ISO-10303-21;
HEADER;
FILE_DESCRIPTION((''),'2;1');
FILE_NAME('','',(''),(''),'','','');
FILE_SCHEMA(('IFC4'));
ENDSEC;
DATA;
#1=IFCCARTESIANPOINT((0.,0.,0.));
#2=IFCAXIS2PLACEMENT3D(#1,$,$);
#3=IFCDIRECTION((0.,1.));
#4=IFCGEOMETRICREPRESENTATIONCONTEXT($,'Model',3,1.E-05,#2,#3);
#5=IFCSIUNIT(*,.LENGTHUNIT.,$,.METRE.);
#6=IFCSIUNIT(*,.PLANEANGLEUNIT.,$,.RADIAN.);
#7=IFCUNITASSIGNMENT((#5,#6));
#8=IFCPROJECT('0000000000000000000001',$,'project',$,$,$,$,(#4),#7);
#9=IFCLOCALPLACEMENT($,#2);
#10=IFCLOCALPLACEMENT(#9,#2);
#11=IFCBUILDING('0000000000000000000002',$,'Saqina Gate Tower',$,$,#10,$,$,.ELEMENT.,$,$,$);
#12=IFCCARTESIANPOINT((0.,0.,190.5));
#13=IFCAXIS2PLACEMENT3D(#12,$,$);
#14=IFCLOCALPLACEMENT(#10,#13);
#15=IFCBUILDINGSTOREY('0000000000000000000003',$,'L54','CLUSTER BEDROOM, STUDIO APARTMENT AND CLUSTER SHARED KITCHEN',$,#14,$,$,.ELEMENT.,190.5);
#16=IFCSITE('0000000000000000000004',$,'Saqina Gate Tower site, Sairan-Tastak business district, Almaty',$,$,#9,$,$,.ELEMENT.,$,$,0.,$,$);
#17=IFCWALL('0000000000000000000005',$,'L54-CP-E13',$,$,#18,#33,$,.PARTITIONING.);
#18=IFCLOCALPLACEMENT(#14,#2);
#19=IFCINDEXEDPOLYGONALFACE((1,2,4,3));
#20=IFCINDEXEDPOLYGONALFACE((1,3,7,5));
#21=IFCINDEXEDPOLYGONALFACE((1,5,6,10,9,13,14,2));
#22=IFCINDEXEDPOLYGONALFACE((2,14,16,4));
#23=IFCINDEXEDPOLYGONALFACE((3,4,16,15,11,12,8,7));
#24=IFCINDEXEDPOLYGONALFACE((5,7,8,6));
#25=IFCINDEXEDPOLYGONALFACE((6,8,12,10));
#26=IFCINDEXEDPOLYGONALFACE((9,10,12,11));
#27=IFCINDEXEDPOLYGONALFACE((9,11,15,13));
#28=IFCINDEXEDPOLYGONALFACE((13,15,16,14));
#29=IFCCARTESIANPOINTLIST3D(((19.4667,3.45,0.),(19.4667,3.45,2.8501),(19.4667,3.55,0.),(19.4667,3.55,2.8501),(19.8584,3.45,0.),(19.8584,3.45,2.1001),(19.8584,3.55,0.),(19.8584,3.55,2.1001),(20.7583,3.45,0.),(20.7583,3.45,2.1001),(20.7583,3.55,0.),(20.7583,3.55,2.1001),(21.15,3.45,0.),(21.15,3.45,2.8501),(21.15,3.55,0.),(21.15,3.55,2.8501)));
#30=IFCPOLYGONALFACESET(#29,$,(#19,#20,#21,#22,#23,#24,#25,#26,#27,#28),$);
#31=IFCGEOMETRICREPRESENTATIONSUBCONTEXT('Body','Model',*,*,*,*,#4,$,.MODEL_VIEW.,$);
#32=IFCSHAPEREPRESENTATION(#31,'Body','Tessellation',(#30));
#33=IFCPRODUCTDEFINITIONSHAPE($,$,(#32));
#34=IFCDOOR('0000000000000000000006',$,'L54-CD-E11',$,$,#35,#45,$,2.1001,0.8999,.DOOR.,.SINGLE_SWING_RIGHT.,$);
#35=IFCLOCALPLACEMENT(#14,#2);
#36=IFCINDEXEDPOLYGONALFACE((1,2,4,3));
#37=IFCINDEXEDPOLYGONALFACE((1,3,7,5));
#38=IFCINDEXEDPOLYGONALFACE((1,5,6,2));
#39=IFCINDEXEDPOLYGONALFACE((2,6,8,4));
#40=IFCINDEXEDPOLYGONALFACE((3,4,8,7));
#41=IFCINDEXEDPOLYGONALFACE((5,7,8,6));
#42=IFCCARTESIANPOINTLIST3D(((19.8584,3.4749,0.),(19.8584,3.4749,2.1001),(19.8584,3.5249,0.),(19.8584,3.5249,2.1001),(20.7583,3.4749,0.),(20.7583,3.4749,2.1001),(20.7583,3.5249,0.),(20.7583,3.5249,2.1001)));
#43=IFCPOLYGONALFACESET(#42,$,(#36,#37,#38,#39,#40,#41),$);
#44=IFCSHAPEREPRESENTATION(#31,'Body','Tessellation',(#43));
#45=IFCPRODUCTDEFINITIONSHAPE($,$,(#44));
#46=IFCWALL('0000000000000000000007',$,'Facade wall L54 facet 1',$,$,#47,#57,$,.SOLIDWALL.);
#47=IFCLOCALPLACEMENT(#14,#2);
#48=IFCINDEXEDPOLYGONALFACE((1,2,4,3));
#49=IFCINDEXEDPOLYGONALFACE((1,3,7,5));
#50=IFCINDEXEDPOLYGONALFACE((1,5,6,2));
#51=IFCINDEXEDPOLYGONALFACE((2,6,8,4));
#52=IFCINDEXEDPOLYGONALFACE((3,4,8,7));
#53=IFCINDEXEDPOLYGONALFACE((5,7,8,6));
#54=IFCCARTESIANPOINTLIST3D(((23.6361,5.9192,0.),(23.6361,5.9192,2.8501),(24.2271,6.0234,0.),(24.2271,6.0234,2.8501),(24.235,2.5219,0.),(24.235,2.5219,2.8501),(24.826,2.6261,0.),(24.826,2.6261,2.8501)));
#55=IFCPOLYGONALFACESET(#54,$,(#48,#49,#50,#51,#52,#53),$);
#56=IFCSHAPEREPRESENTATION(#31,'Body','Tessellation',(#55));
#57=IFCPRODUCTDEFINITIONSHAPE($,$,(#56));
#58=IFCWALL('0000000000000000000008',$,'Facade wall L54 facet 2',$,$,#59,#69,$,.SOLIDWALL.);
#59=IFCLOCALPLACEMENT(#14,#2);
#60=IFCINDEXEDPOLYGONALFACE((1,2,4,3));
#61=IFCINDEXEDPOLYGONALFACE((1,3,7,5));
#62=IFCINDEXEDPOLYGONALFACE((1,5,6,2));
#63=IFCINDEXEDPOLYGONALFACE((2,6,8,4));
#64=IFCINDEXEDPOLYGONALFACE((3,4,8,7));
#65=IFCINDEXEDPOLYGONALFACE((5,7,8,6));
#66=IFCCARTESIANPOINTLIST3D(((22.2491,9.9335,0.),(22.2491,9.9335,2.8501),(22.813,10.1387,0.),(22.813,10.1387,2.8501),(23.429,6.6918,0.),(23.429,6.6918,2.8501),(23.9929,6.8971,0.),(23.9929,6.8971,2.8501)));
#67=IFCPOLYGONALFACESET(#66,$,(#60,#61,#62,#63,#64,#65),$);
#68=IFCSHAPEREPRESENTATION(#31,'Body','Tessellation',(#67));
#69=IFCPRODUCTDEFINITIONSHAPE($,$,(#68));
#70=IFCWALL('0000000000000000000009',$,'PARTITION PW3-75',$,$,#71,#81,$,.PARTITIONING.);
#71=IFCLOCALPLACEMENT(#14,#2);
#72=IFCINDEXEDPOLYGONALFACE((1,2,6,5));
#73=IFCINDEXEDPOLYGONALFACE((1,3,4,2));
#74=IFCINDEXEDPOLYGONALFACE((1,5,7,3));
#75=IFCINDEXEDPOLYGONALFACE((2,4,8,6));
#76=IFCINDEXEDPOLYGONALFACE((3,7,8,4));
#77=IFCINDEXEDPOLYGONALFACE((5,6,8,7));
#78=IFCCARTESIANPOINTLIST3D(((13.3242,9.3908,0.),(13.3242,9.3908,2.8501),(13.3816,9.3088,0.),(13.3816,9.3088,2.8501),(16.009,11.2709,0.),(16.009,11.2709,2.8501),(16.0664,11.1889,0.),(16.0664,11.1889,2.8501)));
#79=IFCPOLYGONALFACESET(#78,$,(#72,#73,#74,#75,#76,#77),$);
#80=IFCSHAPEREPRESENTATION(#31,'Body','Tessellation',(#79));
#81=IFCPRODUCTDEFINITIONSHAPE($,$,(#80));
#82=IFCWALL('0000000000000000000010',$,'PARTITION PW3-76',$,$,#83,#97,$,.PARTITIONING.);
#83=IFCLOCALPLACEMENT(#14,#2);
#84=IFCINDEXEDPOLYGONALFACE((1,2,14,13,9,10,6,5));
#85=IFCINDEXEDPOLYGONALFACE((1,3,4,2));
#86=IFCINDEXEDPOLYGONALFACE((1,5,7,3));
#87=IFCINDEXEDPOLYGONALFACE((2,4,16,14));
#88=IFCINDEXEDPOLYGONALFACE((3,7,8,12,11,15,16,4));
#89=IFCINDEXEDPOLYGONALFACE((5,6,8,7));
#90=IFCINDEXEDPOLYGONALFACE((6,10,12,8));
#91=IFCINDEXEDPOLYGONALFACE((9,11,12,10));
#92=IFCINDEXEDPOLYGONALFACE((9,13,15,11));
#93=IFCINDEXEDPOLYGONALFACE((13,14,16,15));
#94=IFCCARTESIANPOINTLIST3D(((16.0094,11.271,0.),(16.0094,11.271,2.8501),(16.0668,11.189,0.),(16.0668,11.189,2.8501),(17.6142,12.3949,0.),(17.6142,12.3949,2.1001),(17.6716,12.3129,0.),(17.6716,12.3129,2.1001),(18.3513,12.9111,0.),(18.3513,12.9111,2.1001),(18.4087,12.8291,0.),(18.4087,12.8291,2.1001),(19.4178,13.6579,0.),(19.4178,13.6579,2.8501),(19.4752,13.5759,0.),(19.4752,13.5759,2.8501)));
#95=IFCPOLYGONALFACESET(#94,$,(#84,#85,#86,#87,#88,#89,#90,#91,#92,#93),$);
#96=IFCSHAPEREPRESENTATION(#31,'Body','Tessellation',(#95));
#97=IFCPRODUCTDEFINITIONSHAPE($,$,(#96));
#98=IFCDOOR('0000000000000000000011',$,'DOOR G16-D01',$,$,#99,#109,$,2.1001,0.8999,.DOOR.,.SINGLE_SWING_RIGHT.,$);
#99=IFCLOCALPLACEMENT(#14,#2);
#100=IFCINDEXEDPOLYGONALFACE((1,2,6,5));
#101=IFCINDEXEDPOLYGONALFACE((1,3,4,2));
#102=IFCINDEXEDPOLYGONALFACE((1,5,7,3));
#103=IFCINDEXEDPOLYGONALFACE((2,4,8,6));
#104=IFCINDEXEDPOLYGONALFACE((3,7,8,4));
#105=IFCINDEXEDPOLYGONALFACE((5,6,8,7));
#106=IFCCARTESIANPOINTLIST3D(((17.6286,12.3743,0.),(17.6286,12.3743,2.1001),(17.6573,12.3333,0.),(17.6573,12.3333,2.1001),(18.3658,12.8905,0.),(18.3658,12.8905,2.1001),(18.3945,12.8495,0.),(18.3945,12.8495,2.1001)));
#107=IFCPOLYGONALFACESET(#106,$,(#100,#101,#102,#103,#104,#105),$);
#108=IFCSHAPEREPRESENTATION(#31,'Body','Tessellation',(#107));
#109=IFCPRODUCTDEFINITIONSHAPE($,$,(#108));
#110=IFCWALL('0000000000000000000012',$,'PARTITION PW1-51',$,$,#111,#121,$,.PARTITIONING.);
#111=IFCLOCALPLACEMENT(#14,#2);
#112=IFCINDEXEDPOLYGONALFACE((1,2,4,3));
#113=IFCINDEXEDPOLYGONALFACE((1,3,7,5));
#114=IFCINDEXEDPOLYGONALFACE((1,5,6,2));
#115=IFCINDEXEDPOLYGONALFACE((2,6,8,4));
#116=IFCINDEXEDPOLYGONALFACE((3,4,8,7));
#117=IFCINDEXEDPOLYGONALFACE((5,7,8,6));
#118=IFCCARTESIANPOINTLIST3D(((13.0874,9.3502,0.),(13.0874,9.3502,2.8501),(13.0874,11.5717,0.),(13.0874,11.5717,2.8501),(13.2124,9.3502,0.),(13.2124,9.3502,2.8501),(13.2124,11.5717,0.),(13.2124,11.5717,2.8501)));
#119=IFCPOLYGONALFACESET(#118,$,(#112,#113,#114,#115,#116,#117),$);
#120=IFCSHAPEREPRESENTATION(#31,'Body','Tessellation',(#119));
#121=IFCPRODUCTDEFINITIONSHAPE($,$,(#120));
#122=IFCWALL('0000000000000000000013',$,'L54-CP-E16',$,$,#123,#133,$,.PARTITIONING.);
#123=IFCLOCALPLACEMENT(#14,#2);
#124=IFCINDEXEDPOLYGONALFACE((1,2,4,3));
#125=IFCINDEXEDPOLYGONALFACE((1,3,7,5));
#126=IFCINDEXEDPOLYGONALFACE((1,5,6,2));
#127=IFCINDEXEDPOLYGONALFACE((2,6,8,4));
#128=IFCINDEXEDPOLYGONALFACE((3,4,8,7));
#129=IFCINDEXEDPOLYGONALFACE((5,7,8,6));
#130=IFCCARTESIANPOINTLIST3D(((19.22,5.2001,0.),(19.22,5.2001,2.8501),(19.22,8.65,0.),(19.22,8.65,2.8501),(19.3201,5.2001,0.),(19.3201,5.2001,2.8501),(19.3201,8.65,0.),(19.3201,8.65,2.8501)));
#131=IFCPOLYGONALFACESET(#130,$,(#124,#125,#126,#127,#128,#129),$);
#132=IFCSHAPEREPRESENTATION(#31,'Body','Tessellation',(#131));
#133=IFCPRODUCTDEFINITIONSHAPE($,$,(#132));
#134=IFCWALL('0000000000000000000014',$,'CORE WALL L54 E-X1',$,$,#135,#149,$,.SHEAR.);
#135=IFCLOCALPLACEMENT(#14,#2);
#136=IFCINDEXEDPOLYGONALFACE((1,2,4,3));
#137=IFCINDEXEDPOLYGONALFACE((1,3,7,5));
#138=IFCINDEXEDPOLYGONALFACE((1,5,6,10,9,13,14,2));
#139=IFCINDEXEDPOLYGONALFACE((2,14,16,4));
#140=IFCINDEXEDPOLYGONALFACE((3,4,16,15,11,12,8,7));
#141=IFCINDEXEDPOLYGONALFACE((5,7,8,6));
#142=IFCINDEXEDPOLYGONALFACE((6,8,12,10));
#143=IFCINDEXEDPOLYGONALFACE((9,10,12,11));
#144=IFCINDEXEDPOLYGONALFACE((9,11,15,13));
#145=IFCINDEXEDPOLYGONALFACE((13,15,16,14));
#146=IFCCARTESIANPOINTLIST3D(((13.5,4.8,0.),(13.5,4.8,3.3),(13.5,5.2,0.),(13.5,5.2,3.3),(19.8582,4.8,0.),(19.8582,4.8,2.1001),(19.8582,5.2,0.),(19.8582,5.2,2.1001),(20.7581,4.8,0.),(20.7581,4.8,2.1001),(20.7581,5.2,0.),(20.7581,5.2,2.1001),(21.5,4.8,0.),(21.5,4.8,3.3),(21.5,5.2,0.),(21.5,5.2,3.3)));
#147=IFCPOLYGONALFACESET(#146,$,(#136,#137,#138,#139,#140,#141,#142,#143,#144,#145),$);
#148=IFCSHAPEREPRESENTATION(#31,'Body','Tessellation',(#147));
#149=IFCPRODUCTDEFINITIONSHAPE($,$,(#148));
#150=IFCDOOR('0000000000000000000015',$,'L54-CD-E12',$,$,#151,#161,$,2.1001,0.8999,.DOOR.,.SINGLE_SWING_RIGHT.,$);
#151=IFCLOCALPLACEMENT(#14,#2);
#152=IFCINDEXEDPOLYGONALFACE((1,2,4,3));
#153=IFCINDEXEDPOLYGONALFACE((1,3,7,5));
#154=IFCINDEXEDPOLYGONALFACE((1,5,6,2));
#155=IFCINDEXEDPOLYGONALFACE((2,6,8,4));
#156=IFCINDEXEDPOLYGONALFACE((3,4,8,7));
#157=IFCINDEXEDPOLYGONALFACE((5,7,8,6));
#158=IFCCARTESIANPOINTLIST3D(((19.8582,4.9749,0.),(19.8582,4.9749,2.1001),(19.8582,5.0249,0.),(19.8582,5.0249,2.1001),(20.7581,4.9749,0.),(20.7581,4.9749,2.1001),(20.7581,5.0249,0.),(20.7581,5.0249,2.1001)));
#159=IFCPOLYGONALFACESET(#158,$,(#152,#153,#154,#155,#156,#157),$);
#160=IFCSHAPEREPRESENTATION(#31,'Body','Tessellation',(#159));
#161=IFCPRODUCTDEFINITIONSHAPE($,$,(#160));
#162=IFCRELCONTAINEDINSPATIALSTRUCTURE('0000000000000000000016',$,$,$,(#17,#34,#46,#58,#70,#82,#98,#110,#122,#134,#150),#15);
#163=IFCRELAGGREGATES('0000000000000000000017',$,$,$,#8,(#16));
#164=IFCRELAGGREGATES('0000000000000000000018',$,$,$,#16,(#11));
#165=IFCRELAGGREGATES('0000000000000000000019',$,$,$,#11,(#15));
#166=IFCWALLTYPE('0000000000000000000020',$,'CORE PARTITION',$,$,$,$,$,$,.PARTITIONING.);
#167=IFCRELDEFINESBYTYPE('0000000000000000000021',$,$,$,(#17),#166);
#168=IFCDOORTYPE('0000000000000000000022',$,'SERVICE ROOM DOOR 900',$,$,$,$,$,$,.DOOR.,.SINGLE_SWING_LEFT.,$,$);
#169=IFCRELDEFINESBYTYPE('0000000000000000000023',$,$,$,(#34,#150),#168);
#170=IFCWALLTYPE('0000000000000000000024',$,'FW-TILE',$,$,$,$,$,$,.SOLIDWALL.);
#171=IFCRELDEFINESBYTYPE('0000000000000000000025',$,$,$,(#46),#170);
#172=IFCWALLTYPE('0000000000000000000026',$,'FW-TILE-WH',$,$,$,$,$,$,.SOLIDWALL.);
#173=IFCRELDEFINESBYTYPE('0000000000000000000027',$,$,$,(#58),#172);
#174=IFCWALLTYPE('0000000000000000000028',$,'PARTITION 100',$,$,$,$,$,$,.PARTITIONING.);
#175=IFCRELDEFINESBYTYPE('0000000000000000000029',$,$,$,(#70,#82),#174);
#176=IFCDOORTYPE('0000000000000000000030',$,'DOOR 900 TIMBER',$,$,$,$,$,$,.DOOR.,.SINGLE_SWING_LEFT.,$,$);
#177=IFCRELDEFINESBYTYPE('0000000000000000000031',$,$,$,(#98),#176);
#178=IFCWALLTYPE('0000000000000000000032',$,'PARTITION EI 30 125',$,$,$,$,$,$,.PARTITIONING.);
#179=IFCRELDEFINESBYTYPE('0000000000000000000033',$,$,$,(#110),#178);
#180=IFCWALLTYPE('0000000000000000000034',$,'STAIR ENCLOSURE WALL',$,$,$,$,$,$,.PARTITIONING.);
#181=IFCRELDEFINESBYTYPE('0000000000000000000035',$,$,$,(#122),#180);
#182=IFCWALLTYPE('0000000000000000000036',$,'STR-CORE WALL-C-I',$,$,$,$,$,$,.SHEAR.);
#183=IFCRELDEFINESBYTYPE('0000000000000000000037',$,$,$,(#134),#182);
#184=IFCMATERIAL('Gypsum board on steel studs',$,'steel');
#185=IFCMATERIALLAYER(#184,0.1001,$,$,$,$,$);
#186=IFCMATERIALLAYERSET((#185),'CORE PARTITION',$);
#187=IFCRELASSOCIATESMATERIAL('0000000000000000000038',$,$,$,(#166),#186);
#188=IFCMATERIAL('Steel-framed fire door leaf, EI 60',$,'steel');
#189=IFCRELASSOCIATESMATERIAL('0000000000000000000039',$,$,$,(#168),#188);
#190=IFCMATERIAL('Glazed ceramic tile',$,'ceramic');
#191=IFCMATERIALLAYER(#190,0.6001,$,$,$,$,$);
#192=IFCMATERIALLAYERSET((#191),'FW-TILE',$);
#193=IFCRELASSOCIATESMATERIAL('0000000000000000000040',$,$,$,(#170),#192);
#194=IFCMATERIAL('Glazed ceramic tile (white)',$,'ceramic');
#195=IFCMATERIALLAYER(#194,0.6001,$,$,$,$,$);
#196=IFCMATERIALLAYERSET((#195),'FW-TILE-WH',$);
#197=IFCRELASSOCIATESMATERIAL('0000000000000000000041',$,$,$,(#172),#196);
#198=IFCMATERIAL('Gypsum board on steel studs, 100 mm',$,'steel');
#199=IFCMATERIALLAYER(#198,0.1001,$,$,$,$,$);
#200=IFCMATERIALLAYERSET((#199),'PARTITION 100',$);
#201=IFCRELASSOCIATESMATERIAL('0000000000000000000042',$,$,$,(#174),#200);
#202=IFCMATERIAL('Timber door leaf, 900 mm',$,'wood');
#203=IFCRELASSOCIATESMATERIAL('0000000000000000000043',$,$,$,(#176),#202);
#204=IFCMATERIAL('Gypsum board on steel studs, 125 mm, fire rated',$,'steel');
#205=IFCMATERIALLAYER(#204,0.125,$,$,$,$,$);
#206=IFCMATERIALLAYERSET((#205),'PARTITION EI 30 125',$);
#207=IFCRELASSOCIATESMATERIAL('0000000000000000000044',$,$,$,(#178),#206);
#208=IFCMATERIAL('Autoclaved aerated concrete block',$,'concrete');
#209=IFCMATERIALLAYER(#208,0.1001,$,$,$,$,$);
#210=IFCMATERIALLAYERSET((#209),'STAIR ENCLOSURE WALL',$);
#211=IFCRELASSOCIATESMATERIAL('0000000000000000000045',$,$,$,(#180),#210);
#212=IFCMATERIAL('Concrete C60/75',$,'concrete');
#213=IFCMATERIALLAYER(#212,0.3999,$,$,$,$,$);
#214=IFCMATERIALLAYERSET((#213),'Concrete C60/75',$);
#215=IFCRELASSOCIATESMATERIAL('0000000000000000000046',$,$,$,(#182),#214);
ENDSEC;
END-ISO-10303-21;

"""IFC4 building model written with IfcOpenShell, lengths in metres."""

from ifc_helpers import new_model, si_unit, direction, frame, frame_2d, origin, place, context, subcontext, project, spatial, rectangle, extrude, material, layer, layer_set, type_object, element, fill, save


model = new_model("IFC4")

# Units and contexts
model_context = context("Model", 3, precision=1e-05, world=origin(), true_north=direction((0.0, 1.0)))
body_context = subcontext(model_context, "Body", "Model", "MODEL_VIEW")
ifc_project = project(units=[si_unit("LENGTHUNIT", "METRE"), si_unit("PLANEANGLEUNIT", "RADIAN")], contexts=[model_context])

# Site, building, storey
site_placement = place(None, origin())
site = spatial("IfcSite", under=ifc_project, at=site_placement, Name="Saqina Gate Tower site, Sairan-Tastak business district, Almaty", CompositionType="ELEMENT", RefElevation=0.0)
building_placement = place(site_placement, origin())
building = spatial("IfcBuilding", under=site, at=building_placement, Name="Saqina Gate Tower", CompositionType="ELEMENT")
storey_placement = place(building_placement, frame((0.0, 0.0, 190.5)))
storey = spatial("IfcBuildingStorey", under=building, at=storey_placement, Name="L54", Description="CLUSTER BEDROOM, STUDIO APARTMENT AND CLUSTER SHARED KITCHEN", CompositionType="ELEMENT", Elevation=190.5)

# Shared definitions
ifc_material_1 = material(Name="Gypsum board on steel studs", Category="steel")
ifc_layer_1 = layer(ifc_material_1, 0.1001)
ifc_layer_set_1 = layer_set([ifc_layer_1], Name="CORE PARTITION")
wall_type_1 = type_object("IfcWallType", Name="CORE PARTITION", PredefinedType="PARTITIONING", material=ifc_layer_set_1)

# Wall, opening, door
wall_1_placement = place(storey_placement, frame((19.4666, 3.5, 0.0), z_axis=(0.0, 0.0, 1.0), x_axis=(1.0, 0.0, 0.0)))
wall_1 = element("IfcWall", 1, at=wall_1_placement, inside=storey, type_object=wall_type_1, Name="L54-CP-E13", PredefinedType="PARTITIONING", context=body_context, shape_type="SweptSolid", body=[
    extrude(rectangle(XDim=1.6833, YDim=0.1001, at=frame_2d((0.8418, 0.0))), origin(), (0.0, 0.0, 1.0), 2.8501),
])
opening_1_placement = place(wall_1_placement, frame((0.3918, 0.0, 0.0)))
opening_1 = element("IfcOpeningElement", 2, at=opening_1_placement, cuts=wall_1, PredefinedType="OPENING", context=body_context, shape_type="SweptSolid", body=[
    extrude(rectangle(XDim=0.8999, YDim=2.1001, at=frame_2d((0.45, 1.05))), frame((0.0, 0.062, 0.0), z_axis=(0.0, -1.0, 0.0), x_axis=(1.0, 0.0, 0.0)), (0.0, 0.0, 1.0), 0.124),
])
ifc_material_2 = material(Name="Steel-framed fire door leaf, EI 60", Category="steel")
door_type_1 = type_object("IfcDoorType", Name="SERVICE ROOM DOOR 900", OperationType="SINGLE_SWING_LEFT", PredefinedType="DOOR", material=ifc_material_2)
door_1_placement = place(opening_1_placement, origin())
door_1 = element("IfcDoor", 3, at=door_1_placement, inside=storey, type_object=door_type_1, Name="L54-CD-E11", OperationType="SINGLE_SWING_RIGHT", OverallHeight=2.1001, OverallWidth=0.8999, PredefinedType="DOOR", context=body_context, shape_type="SweptSolid", body=[
    extrude(rectangle(XDim=0.8999, YDim=2.1001, at=frame_2d((0.45, 1.05))), frame((0.0, 0.0249, 0.0), z_axis=(0.0, -1.0, 0.0), x_axis=(1.0, 0.0, 0.0)), (0.0, 0.0, 1.0), 0.05),
])
fill(opening_1, door_1)

# Walls
ifc_material_3 = material(Name="Glazed ceramic tile", Category="ceramic")
ifc_layer_2 = layer(ifc_material_3, 0.6001)
ifc_layer_set_2 = layer_set([ifc_layer_2], Name="FW-TILE")
wall_type_2 = type_object("IfcWallType", Name="FW-TILE", PredefinedType="SOLIDWALL", material=ifc_layer_set_2)
wall_2_placement = place(storey_placement, frame((24.5305, 2.574, 0.0), z_axis=(0.0, 0.0, 1.0), x_axis=(-0.173608, 0.984815, 0.0)))
element("IfcWall", 4, at=wall_2_placement, inside=storey, type_object=wall_type_2, Name="Facade wall L54 facet 1", PredefinedType="SOLIDWALL", context=body_context, shape_type="SweptSolid", body=[
    extrude(rectangle(XDim=3.4497, YDim=0.6001, at=frame_2d((1.7249, 0.0))), origin(), (0.0, 0.0, 1.0), 2.8501),
])
ifc_material_4 = material(Name="Glazed ceramic tile (white)", Category="ceramic")
ifc_layer_3 = layer(ifc_material_4, 0.6001)
ifc_layer_set_3 = layer_set([ifc_layer_3], Name="FW-TILE-WH")
wall_type_3 = type_object("IfcWallType", Name="FW-TILE-WH", PredefinedType="SOLIDWALL", material=ifc_layer_set_3)
wall_3_placement = place(storey_placement, frame((23.7109, 6.7944, 0.0), z_axis=(0.0, 0.0, 1.0), x_axis=(-0.342033, 0.939688, 0.0)))
element("IfcWall", 5, at=wall_3_placement, inside=storey, type_object=wall_type_3, Name="Facade wall L54 facet 2", PredefinedType="SOLIDWALL", context=body_context, shape_type="SweptSolid", body=[
    extrude(rectangle(XDim=3.4497, YDim=0.6001, at=frame_2d((1.7249, 0.0))), origin(), (0.0, 0.0, 1.0), 2.8501),
])
ifc_material_5 = material(Name="Gypsum board on steel studs, 100 mm", Category="steel")
ifc_layer_4 = layer(ifc_material_5, 0.1001)
ifc_layer_set_4 = layer_set([ifc_layer_4], Name="PARTITION 100")
wall_type_4 = type_object("IfcWallType", Name="PARTITION 100", PredefinedType="PARTITIONING", material=ifc_layer_set_4)
wall_4_placement = place(storey_placement, frame((13.353, 9.3499, 0.0), z_axis=(0.0, 0.0, 1.0), x_axis=(0.819123, 0.573617, 0.0)))
element("IfcWall", 6, at=wall_4_placement, inside=storey, type_object=wall_type_4, Name="PARTITION PW3-75", PredefinedType="PARTITIONING", context=body_context, shape_type="SweptSolid", body=[
    extrude(rectangle(XDim=3.2776, YDim=0.1001, at=frame_2d((1.6387, 0.0))), origin(), (0.0, 0.0, 1.0), 2.8501),
])

# Wall, opening, door
wall_5_placement = place(storey_placement, frame((16.0381, 11.23, 0.0), z_axis=(0.0, 0.0, 1.0), x_axis=(0.819113, 0.573632, 0.0)))
wall_5 = element("IfcWall", 7, at=wall_5_placement, inside=storey, type_object=wall_type_4, Name="PARTITION PW3-76", PredefinedType="PARTITIONING", context=body_context, shape_type="SweptSolid", body=[
    extrude(rectangle(XDim=4.1611, YDim=0.1001, at=frame_2d((2.0806, 0.0))), origin(), (0.0, 0.0, 1.0), 2.8501),
])
opening_2_placement = place(wall_5_placement, frame((1.9592, 0.0, 0.0)))
opening_2 = element("IfcOpeningElement", 8, at=opening_2_placement, cuts=wall_5, PredefinedType="OPENING", context=body_context, shape_type="SweptSolid", body=[
    extrude(rectangle(XDim=0.8999, YDim=2.1001, at=frame_2d((0.45, 1.05))), frame((0.0, 0.062, 0.0), z_axis=(0.0, -1.0, 0.0), x_axis=(1.0, 0.0, 0.0)), (0.0, 0.0, 1.0), 0.124),
])
ifc_material_6 = material(Name="Timber door leaf, 900 mm", Category="wood")
door_type_2 = type_object("IfcDoorType", Name="DOOR 900 TIMBER", OperationType="SINGLE_SWING_LEFT", PredefinedType="DOOR", material=ifc_material_6)
door_2_placement = place(opening_2_placement, origin())
door_2 = element("IfcDoor", 9, at=door_2_placement, inside=storey, type_object=door_type_2, Name="DOOR G16-D01", OperationType="SINGLE_SWING_RIGHT", OverallHeight=2.1001, OverallWidth=0.8999, PredefinedType="DOOR", context=body_context, shape_type="SweptSolid", body=[
    extrude(rectangle(XDim=0.8999, YDim=2.1001, at=frame_2d((0.45, 1.05))), frame((0.0, 0.0249, 0.0), z_axis=(0.0, -1.0, 0.0), x_axis=(1.0, 0.0, 0.0)), (0.0, 0.0, 1.0), 0.05),
])
fill(opening_2, door_2)

# Walls
ifc_material_7 = material(Name="Gypsum board on steel studs, 125 mm, fire rated", Category="steel")
ifc_layer_5 = layer(ifc_material_7, 0.125)
ifc_layer_set_5 = layer_set([ifc_layer_5], Name="PARTITION EI 30 125")
wall_type_5 = type_object("IfcWallType", Name="PARTITION EI 30 125", PredefinedType="PARTITIONING", material=ifc_layer_set_5)
wall_6_placement = place(storey_placement, frame((13.1499, 9.3501, 0.0), z_axis=(0.0, 0.0, 1.0), x_axis=(0.0, 1.0, 0.0)))
element("IfcWall", 10, at=wall_6_placement, inside=storey, type_object=wall_type_5, Name="PARTITION PW1-51", PredefinedType="PARTITIONING", context=body_context, shape_type="SweptSolid", body=[
    extrude(rectangle(XDim=2.2214, YDim=0.125, at=frame_2d((1.1108, 0.0))), origin(), (0.0, 0.0, 1.0), 2.8501),
])
ifc_material_8 = material(Name="Autoclaved aerated concrete block", Category="concrete")
ifc_layer_6 = layer(ifc_material_8, 0.1001)
ifc_layer_set_6 = layer_set([ifc_layer_6], Name="STAIR ENCLOSURE WALL")
wall_type_6 = type_object("IfcWallType", Name="STAIR ENCLOSURE WALL", PredefinedType="PARTITIONING", material=ifc_layer_set_6)
wall_7_placement = place(storey_placement, frame((19.27, 5.2, 0.0), z_axis=(0.0, 0.0, 1.0), x_axis=(0.0, 1.0, 0.0)))
element("IfcWall", 11, at=wall_7_placement, inside=storey, type_object=wall_type_6, Name="L54-CP-E16", PredefinedType="PARTITIONING", context=body_context, shape_type="SweptSolid", body=[
    extrude(rectangle(XDim=3.45, YDim=0.1001, at=frame_2d((1.7251, 0.0))), origin(), (0.0, 0.0, 1.0), 2.8501),
])

# Wall, opening, door
ifc_material_9 = material(Name="Concrete C60/75", Category="concrete")
ifc_layer_7 = layer(ifc_material_9, 0.3999)
ifc_layer_set_7 = layer_set([ifc_layer_7], Name="Concrete C60/75")
wall_type_7 = type_object("IfcWallType", Name="STR-CORE WALL-C-I", PredefinedType="SHEAR", material=ifc_layer_set_7)
wall_8_placement = place(storey_placement, frame((13.5, 5.0, 0.0), z_axis=(0.0, 0.0, 1.0), x_axis=(1.0, 0.0, 0.0)))
wall_8 = element("IfcWall", 12, at=wall_8_placement, inside=storey, type_object=wall_type_7, Name="CORE WALL L54 E-X1", PredefinedType="SHEAR", context=body_context, shape_type="SweptSolid", body=[
    extrude(rectangle(XDim=8.0, YDim=0.3999, at=frame_2d((4.0, 0.0))), origin(), (0.0, 0.0, 1.0), 3.3),
])
opening_3_placement = place(wall_8_placement, frame((6.3582, 0.0, 0.0)))
opening_3 = element("IfcOpeningElement", 13, at=opening_3_placement, cuts=wall_8, PredefinedType="OPENING", context=body_context, shape_type="SweptSolid", body=[
    extrude(rectangle(XDim=0.8999, YDim=2.1001, at=frame_2d((0.45, 1.05))), frame((0.0, 0.2119, 0.0), z_axis=(0.0, -1.0, 0.0), x_axis=(1.0, 0.0, 0.0)), (0.0, 0.0, 1.0), 0.4238),
])
door_3_placement = place(opening_3_placement, origin())
door_3 = element("IfcDoor", 14, at=door_3_placement, inside=storey, type_object=door_type_1, Name="L54-CD-E12", OperationType="SINGLE_SWING_RIGHT", OverallHeight=2.1001, OverallWidth=0.8999, PredefinedType="DOOR", context=body_context, shape_type="SweptSolid", body=[
    extrude(rectangle(XDim=0.8999, YDim=2.1001, at=frame_2d((0.45, 1.05))), frame((0.0, 0.0249, 0.0), z_axis=(0.0, -1.0, 0.0), x_axis=(1.0, 0.0, 0.0)), (0.0, 0.0, 1.0), 0.05),
])
fill(opening_3, door_3)

save(model, "model.ifc")
